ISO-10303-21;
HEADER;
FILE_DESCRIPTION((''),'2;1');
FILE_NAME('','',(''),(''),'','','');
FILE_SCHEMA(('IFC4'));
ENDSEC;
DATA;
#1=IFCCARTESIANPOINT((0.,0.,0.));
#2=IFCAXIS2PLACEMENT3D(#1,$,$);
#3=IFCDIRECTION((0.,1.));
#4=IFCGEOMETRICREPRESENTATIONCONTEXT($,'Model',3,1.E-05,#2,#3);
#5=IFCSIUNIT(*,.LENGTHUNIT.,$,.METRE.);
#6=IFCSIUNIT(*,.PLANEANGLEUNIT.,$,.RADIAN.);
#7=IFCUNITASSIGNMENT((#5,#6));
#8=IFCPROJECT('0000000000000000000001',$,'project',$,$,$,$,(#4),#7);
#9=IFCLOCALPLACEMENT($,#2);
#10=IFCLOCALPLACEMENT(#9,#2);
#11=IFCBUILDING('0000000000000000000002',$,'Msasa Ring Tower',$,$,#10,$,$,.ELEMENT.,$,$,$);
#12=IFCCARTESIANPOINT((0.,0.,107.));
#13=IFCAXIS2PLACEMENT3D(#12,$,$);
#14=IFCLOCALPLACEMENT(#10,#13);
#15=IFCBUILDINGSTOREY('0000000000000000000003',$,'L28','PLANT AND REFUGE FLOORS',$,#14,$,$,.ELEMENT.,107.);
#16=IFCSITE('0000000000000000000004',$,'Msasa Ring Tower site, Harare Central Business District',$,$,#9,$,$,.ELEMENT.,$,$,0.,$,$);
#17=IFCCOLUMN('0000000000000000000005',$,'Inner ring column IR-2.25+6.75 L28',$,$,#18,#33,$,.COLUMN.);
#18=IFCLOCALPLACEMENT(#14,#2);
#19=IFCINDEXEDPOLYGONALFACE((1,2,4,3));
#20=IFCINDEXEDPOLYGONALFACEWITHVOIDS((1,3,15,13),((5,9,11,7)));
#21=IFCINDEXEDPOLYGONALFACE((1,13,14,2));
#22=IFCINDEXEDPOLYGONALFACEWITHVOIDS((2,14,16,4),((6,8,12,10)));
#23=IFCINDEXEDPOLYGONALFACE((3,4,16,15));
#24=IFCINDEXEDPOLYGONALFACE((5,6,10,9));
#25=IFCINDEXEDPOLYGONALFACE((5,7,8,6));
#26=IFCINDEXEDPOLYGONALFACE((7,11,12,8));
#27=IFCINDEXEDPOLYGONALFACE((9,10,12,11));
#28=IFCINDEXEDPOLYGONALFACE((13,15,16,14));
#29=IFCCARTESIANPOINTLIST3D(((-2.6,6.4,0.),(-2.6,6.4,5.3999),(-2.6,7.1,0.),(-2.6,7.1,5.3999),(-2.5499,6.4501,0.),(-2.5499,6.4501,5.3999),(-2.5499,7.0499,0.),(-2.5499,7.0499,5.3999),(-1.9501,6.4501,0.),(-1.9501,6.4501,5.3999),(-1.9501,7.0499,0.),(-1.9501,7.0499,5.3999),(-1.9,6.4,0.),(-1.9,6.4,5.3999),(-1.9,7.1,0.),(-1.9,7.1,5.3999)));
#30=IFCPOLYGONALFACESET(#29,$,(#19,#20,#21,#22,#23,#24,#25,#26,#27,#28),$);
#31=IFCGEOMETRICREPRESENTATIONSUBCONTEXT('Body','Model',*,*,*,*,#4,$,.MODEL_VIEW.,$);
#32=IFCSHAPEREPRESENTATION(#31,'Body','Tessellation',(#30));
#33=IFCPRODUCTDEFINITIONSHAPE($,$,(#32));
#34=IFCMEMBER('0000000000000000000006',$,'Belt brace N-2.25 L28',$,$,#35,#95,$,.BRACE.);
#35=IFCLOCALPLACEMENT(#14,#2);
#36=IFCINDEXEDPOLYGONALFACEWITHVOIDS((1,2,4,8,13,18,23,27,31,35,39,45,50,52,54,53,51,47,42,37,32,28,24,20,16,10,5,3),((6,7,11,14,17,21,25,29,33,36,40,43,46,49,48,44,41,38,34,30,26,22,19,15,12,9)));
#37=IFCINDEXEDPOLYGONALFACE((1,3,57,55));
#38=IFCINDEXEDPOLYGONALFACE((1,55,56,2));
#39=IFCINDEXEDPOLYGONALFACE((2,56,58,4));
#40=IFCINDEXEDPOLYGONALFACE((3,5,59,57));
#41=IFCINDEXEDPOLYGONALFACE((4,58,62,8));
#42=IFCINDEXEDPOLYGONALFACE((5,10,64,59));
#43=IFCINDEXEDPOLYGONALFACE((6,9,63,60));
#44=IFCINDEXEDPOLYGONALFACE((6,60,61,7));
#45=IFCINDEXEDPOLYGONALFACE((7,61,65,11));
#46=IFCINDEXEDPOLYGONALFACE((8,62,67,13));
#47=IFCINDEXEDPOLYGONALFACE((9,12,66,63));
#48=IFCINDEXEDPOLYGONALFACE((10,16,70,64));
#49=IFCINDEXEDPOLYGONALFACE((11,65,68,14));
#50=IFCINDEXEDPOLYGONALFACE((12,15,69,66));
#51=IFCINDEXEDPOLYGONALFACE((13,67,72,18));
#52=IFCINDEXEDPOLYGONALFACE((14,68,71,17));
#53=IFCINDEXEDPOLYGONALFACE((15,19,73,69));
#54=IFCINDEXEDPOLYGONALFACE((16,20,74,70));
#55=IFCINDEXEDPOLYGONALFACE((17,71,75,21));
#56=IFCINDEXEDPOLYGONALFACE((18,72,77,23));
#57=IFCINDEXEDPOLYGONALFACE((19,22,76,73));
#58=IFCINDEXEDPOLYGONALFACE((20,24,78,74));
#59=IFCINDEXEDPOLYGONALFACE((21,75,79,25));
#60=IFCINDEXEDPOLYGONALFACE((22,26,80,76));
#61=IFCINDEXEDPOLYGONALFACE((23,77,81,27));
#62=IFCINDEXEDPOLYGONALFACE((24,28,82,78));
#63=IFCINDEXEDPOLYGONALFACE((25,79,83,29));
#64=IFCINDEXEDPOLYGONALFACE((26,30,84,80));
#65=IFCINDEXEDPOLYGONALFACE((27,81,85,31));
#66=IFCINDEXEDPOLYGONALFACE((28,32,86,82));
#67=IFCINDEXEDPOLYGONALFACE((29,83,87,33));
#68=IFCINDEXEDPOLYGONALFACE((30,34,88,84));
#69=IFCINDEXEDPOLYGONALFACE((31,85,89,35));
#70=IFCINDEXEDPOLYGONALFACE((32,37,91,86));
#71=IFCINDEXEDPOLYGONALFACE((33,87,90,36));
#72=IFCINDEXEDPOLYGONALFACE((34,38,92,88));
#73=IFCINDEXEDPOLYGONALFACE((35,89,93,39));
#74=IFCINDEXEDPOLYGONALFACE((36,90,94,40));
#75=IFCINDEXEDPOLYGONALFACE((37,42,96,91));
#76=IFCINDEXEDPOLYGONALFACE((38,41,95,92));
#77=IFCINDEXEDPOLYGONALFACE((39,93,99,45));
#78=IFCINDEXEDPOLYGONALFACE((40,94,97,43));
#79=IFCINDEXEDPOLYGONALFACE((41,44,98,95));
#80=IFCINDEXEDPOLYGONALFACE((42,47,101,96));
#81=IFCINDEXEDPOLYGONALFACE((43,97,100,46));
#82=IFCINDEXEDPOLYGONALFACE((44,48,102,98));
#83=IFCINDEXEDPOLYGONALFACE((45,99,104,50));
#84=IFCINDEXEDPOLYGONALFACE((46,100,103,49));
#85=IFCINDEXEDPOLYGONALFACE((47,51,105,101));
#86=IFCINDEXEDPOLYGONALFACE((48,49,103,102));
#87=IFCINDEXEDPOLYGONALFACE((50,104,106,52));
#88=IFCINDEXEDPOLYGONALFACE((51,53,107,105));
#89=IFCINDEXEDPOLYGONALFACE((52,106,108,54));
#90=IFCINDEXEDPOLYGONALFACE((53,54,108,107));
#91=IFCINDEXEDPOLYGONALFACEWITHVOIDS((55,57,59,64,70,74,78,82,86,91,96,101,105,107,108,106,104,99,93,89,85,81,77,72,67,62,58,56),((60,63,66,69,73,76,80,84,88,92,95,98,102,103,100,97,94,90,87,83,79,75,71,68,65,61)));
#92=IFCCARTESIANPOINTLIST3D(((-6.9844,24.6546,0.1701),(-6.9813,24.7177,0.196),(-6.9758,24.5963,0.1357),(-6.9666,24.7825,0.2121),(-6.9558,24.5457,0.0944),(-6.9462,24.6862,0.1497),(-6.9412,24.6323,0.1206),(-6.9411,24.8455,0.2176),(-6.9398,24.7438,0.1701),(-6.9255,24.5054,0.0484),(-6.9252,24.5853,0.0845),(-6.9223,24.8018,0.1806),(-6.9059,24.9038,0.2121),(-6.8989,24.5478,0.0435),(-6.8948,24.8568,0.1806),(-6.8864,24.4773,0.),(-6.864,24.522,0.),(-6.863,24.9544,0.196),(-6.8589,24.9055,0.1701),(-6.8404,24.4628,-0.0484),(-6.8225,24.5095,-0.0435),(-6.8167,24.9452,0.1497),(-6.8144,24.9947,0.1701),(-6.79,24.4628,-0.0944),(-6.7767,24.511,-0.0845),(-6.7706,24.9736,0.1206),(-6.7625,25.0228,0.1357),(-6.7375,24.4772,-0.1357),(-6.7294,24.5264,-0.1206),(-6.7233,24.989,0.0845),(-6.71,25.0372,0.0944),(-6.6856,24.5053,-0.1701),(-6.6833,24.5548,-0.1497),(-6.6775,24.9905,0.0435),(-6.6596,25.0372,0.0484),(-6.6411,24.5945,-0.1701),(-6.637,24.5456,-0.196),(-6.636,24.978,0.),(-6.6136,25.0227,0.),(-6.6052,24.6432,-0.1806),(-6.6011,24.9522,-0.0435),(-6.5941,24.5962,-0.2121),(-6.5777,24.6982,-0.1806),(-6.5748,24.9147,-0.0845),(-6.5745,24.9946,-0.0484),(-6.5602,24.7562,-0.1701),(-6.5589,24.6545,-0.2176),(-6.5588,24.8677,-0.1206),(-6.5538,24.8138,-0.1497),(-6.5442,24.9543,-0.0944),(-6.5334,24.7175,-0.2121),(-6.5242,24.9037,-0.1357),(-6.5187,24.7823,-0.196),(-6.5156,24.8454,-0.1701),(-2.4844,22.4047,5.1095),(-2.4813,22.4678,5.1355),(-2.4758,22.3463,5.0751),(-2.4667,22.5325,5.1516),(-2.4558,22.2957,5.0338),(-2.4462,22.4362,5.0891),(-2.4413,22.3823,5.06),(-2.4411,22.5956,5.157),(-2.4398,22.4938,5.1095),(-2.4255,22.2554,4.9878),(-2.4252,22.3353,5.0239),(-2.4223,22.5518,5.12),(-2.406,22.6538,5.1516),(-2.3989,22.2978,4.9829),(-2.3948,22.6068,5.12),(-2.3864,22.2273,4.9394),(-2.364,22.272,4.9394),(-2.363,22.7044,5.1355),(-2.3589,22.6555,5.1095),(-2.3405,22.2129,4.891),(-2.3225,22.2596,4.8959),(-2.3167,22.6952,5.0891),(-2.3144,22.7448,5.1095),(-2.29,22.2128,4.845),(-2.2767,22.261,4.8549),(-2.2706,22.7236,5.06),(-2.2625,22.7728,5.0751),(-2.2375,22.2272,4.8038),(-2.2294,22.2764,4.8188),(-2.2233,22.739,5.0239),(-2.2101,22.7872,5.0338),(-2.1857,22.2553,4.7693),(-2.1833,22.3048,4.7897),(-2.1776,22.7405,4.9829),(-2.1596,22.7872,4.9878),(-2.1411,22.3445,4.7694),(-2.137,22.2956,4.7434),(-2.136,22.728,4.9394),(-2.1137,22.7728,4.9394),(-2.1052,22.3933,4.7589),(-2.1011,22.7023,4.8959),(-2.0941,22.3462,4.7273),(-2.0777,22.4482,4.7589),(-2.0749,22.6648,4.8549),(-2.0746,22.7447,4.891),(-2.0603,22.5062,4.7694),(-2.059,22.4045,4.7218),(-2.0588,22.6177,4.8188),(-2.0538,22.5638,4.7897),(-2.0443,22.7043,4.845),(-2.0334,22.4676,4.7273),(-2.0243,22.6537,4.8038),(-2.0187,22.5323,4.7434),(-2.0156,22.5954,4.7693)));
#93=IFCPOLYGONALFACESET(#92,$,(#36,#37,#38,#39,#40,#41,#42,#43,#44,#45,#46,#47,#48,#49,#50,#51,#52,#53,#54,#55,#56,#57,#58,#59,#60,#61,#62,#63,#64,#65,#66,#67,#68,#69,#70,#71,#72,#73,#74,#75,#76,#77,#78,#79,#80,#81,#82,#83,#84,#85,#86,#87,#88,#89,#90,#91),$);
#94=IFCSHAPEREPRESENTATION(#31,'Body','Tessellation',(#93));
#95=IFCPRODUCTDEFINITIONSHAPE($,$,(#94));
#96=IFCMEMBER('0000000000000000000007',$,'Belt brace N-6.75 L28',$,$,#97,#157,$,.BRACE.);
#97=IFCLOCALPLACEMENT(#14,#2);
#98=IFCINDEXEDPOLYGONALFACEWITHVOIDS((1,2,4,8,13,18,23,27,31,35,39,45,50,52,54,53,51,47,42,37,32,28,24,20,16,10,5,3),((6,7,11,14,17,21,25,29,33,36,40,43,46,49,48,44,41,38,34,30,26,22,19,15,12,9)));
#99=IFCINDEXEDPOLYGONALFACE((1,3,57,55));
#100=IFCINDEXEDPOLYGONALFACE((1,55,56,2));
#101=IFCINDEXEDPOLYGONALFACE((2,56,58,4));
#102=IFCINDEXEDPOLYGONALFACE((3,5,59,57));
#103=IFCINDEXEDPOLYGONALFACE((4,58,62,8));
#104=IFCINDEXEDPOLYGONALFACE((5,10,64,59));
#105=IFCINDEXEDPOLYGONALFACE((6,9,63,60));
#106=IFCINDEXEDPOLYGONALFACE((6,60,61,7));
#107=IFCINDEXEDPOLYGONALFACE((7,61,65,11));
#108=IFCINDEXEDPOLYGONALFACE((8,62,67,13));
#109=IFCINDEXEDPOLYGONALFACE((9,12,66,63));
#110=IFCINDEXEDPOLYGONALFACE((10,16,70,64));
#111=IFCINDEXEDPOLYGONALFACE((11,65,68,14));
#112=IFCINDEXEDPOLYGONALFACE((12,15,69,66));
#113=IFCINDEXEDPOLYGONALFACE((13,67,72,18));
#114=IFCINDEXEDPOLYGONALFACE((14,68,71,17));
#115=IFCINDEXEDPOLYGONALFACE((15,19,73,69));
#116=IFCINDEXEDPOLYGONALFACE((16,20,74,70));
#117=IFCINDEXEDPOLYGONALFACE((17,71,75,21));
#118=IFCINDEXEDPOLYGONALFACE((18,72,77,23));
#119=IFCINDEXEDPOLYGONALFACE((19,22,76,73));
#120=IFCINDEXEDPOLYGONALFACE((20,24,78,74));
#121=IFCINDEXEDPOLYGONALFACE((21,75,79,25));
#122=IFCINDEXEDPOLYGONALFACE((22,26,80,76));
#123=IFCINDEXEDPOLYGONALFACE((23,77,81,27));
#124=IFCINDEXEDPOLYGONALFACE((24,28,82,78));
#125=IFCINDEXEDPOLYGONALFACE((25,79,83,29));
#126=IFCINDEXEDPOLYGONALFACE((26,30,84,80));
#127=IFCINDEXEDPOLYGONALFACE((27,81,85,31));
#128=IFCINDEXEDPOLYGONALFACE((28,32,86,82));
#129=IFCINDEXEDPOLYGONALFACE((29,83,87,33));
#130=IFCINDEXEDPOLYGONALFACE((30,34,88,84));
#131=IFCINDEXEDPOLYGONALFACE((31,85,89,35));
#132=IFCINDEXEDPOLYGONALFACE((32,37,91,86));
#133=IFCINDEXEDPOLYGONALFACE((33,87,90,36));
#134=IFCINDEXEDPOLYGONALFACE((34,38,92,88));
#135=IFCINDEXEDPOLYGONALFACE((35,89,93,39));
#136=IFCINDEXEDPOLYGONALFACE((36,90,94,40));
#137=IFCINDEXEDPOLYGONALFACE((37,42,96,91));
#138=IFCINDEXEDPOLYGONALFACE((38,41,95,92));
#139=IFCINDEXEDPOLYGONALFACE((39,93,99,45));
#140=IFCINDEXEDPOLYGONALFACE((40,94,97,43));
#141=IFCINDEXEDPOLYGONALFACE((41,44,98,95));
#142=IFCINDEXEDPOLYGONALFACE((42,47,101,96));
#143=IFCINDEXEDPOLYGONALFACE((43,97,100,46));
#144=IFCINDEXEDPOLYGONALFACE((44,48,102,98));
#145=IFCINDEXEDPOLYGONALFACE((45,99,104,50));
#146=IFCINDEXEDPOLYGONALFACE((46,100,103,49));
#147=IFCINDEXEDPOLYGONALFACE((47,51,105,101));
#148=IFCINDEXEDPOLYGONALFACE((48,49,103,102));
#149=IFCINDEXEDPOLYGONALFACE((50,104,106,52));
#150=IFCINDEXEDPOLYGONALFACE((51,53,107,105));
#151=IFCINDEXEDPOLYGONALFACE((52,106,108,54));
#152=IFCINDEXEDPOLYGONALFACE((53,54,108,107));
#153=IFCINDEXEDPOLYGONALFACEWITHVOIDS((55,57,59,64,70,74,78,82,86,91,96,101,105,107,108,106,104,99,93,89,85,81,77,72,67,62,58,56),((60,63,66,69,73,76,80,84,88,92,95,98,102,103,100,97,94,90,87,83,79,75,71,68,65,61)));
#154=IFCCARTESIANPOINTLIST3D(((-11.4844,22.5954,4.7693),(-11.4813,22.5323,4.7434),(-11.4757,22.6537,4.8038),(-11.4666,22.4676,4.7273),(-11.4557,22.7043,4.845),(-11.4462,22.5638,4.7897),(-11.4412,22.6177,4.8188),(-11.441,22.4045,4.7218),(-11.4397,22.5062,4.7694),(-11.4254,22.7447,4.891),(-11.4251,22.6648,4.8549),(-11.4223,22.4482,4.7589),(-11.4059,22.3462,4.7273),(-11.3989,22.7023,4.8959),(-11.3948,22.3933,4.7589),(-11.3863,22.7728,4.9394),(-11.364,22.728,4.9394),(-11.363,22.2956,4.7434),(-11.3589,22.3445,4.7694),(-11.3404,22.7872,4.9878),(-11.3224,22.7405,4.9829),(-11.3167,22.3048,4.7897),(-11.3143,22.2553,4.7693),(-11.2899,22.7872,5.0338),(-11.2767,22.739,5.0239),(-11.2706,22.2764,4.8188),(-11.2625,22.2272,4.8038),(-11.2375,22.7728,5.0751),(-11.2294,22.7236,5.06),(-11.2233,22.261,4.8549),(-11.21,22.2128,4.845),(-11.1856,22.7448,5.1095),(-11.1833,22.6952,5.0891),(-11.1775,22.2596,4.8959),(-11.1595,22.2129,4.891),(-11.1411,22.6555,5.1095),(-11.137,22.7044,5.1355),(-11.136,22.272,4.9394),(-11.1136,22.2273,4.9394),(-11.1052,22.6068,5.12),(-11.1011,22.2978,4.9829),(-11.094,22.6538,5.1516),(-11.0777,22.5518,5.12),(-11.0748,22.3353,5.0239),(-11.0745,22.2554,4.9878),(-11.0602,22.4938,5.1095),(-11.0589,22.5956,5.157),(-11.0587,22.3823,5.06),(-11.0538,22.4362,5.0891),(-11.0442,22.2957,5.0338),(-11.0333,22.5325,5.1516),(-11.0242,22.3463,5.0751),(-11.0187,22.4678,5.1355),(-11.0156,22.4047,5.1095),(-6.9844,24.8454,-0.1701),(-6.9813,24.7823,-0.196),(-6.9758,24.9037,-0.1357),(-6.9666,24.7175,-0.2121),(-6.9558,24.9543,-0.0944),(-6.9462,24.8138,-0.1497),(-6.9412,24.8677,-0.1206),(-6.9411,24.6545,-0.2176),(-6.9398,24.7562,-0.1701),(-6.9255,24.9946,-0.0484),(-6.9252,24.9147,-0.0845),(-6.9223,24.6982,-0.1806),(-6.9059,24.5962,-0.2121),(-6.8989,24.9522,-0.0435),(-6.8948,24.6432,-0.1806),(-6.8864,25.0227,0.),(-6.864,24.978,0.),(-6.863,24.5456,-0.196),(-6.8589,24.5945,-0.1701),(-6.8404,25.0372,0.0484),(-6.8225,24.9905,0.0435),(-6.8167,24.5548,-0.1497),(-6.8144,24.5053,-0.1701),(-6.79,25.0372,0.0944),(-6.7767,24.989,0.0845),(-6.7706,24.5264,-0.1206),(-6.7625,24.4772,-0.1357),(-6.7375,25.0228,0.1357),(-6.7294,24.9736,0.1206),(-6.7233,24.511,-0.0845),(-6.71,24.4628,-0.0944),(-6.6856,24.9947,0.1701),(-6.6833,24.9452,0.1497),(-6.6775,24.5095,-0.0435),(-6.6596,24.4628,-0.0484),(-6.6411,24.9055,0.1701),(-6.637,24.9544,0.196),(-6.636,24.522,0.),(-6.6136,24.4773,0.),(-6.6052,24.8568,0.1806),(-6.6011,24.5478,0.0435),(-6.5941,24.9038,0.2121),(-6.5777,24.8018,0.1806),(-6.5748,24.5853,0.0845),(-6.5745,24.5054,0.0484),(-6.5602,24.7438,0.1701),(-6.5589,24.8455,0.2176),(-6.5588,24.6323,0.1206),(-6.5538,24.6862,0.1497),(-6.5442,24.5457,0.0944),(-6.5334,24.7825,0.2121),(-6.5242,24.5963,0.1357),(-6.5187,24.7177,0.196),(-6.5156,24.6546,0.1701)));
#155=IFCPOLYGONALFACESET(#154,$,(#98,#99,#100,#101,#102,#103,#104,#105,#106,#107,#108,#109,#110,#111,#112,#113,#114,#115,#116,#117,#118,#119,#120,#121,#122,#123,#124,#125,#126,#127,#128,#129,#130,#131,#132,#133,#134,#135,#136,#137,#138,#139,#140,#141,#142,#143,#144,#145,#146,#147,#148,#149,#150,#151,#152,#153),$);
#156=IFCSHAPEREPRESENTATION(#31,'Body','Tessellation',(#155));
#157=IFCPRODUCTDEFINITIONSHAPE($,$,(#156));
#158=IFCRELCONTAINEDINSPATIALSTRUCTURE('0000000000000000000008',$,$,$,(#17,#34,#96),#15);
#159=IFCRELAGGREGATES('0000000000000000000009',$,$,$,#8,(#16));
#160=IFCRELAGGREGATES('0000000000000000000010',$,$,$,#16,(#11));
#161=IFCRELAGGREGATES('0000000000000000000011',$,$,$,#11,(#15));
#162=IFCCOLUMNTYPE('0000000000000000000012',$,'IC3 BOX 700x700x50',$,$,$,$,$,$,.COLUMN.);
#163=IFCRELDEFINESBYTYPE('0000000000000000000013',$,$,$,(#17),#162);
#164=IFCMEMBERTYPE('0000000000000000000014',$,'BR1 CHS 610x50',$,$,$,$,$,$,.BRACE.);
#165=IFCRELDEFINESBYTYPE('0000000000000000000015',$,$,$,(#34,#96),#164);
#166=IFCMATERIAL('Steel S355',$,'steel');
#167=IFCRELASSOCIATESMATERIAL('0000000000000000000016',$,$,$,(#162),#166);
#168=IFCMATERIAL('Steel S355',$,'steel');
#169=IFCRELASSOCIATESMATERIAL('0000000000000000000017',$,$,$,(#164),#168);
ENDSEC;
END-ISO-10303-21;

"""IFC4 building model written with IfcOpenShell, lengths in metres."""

from ifc_helpers import new_model, si_unit, direction, frame, origin, origin_2d, place, context, subcontext, project, spatial, hollow_rectangle, hollow_circle, extrude, material, material_profile, profile_set, type_object, element, save


model = new_model("IFC4")

# Units and contexts
model_context = context("Model", 3, precision=1e-05, world=origin(), true_north=direction((0.0, 1.0)))
body_context = subcontext(model_context, "Body", "Model", "MODEL_VIEW")
ifc_project = project(units=[si_unit("LENGTHUNIT", "METRE"), si_unit("PLANEANGLEUNIT", "RADIAN")], contexts=[model_context])

# Site, building, storey
site_placement = place(None, origin())
site = spatial("IfcSite", under=ifc_project, at=site_placement, Name="Msasa Ring Tower site, Harare Central Business District", CompositionType="ELEMENT", RefElevation=0.0)
building_placement = place(site_placement, origin())
building = spatial("IfcBuilding", under=site, at=building_placement, Name="Msasa Ring Tower", CompositionType="ELEMENT")
storey_placement = place(building_placement, frame((0.0, 0.0, 107.0)))
storey = spatial("IfcBuildingStorey", under=building, at=storey_placement, Name="L28", Description="PLANT AND REFUGE FLOORS", CompositionType="ELEMENT", Elevation=107.0)

# Column
ifc_material_1 = material(Name="Steel S355", Category="steel")
ifc_material_profile_1 = material_profile(ifc_material_1, hollow_rectangle(XDim=0.7, YDim=0.7, WallThickness=0.05, at=origin_2d()), Name="BOX 700x700x50")
ifc_profile_set_1 = profile_set([ifc_material_profile_1], Name="Steel S355")
column_type_1 = type_object("IfcColumnType", Name="IC3 BOX 700x700x50", PredefinedType="COLUMN", material=ifc_profile_set_1)
column_placement = place(storey_placement, frame((-2.25, 6.75, 0.0), z_axis=(0.0, 0.0, 1.0), x_axis=(1.0, 0.0, 0.0)))
element("IfcColumn", 1, at=column_placement, inside=storey, type_object=column_type_1, Name="Inner ring column IR-2.25+6.75 L28", PredefinedType="COLUMN", context=body_context, shape_type="SweptSolid", body=[
    extrude(hollow_rectangle(XDim=0.7, YDim=0.7, WallThickness=0.05, at=origin_2d()), origin(), (0.0, 0.0, 1.0), 5.3999),
])

# Members
ifc_material_2 = material(Name="Steel S355", Category="steel")
ifc_material_profile_2 = material_profile(ifc_material_2, hollow_circle(Radius=0.3049, WallThickness=0.05, at=origin_2d()), Name="CHS 610x50")
ifc_profile_set_2 = profile_set([ifc_material_profile_2], Name="Steel S355")
member_type = type_object("IfcMemberType", Name="BR1 CHS 610x50", PredefinedType="BRACE", material=ifc_profile_set_2)
for number, where, z_axis, x_axis, name in (
    (2, (-6.75, 24.75, 0.0), (0.638245, -0.319123, 0.700574), (0.447214, 0.894427, 0.0), "Belt brace N-2.25 L28"),
    (3, (-6.75, 24.75, 0.0), (-0.638245, -0.319123, 0.700574), (0.447214, -0.894427, 0.0), "Belt brace N-6.75 L28"),
):
    element("IfcMember", number, at=place(storey_placement, frame(where, z_axis=z_axis, x_axis=x_axis)), inside=storey, type_object=member_type, Name=name, PredefinedType="BRACE", context=body_context, shape_type="SweptSolid", body=[
        extrude(hollow_circle(Radius=0.3049, WallThickness=0.05, at=origin_2d()), origin(), (0.0, 0.0, 1.0), 7.0505),
    ])

save(model, "model.ifc")
